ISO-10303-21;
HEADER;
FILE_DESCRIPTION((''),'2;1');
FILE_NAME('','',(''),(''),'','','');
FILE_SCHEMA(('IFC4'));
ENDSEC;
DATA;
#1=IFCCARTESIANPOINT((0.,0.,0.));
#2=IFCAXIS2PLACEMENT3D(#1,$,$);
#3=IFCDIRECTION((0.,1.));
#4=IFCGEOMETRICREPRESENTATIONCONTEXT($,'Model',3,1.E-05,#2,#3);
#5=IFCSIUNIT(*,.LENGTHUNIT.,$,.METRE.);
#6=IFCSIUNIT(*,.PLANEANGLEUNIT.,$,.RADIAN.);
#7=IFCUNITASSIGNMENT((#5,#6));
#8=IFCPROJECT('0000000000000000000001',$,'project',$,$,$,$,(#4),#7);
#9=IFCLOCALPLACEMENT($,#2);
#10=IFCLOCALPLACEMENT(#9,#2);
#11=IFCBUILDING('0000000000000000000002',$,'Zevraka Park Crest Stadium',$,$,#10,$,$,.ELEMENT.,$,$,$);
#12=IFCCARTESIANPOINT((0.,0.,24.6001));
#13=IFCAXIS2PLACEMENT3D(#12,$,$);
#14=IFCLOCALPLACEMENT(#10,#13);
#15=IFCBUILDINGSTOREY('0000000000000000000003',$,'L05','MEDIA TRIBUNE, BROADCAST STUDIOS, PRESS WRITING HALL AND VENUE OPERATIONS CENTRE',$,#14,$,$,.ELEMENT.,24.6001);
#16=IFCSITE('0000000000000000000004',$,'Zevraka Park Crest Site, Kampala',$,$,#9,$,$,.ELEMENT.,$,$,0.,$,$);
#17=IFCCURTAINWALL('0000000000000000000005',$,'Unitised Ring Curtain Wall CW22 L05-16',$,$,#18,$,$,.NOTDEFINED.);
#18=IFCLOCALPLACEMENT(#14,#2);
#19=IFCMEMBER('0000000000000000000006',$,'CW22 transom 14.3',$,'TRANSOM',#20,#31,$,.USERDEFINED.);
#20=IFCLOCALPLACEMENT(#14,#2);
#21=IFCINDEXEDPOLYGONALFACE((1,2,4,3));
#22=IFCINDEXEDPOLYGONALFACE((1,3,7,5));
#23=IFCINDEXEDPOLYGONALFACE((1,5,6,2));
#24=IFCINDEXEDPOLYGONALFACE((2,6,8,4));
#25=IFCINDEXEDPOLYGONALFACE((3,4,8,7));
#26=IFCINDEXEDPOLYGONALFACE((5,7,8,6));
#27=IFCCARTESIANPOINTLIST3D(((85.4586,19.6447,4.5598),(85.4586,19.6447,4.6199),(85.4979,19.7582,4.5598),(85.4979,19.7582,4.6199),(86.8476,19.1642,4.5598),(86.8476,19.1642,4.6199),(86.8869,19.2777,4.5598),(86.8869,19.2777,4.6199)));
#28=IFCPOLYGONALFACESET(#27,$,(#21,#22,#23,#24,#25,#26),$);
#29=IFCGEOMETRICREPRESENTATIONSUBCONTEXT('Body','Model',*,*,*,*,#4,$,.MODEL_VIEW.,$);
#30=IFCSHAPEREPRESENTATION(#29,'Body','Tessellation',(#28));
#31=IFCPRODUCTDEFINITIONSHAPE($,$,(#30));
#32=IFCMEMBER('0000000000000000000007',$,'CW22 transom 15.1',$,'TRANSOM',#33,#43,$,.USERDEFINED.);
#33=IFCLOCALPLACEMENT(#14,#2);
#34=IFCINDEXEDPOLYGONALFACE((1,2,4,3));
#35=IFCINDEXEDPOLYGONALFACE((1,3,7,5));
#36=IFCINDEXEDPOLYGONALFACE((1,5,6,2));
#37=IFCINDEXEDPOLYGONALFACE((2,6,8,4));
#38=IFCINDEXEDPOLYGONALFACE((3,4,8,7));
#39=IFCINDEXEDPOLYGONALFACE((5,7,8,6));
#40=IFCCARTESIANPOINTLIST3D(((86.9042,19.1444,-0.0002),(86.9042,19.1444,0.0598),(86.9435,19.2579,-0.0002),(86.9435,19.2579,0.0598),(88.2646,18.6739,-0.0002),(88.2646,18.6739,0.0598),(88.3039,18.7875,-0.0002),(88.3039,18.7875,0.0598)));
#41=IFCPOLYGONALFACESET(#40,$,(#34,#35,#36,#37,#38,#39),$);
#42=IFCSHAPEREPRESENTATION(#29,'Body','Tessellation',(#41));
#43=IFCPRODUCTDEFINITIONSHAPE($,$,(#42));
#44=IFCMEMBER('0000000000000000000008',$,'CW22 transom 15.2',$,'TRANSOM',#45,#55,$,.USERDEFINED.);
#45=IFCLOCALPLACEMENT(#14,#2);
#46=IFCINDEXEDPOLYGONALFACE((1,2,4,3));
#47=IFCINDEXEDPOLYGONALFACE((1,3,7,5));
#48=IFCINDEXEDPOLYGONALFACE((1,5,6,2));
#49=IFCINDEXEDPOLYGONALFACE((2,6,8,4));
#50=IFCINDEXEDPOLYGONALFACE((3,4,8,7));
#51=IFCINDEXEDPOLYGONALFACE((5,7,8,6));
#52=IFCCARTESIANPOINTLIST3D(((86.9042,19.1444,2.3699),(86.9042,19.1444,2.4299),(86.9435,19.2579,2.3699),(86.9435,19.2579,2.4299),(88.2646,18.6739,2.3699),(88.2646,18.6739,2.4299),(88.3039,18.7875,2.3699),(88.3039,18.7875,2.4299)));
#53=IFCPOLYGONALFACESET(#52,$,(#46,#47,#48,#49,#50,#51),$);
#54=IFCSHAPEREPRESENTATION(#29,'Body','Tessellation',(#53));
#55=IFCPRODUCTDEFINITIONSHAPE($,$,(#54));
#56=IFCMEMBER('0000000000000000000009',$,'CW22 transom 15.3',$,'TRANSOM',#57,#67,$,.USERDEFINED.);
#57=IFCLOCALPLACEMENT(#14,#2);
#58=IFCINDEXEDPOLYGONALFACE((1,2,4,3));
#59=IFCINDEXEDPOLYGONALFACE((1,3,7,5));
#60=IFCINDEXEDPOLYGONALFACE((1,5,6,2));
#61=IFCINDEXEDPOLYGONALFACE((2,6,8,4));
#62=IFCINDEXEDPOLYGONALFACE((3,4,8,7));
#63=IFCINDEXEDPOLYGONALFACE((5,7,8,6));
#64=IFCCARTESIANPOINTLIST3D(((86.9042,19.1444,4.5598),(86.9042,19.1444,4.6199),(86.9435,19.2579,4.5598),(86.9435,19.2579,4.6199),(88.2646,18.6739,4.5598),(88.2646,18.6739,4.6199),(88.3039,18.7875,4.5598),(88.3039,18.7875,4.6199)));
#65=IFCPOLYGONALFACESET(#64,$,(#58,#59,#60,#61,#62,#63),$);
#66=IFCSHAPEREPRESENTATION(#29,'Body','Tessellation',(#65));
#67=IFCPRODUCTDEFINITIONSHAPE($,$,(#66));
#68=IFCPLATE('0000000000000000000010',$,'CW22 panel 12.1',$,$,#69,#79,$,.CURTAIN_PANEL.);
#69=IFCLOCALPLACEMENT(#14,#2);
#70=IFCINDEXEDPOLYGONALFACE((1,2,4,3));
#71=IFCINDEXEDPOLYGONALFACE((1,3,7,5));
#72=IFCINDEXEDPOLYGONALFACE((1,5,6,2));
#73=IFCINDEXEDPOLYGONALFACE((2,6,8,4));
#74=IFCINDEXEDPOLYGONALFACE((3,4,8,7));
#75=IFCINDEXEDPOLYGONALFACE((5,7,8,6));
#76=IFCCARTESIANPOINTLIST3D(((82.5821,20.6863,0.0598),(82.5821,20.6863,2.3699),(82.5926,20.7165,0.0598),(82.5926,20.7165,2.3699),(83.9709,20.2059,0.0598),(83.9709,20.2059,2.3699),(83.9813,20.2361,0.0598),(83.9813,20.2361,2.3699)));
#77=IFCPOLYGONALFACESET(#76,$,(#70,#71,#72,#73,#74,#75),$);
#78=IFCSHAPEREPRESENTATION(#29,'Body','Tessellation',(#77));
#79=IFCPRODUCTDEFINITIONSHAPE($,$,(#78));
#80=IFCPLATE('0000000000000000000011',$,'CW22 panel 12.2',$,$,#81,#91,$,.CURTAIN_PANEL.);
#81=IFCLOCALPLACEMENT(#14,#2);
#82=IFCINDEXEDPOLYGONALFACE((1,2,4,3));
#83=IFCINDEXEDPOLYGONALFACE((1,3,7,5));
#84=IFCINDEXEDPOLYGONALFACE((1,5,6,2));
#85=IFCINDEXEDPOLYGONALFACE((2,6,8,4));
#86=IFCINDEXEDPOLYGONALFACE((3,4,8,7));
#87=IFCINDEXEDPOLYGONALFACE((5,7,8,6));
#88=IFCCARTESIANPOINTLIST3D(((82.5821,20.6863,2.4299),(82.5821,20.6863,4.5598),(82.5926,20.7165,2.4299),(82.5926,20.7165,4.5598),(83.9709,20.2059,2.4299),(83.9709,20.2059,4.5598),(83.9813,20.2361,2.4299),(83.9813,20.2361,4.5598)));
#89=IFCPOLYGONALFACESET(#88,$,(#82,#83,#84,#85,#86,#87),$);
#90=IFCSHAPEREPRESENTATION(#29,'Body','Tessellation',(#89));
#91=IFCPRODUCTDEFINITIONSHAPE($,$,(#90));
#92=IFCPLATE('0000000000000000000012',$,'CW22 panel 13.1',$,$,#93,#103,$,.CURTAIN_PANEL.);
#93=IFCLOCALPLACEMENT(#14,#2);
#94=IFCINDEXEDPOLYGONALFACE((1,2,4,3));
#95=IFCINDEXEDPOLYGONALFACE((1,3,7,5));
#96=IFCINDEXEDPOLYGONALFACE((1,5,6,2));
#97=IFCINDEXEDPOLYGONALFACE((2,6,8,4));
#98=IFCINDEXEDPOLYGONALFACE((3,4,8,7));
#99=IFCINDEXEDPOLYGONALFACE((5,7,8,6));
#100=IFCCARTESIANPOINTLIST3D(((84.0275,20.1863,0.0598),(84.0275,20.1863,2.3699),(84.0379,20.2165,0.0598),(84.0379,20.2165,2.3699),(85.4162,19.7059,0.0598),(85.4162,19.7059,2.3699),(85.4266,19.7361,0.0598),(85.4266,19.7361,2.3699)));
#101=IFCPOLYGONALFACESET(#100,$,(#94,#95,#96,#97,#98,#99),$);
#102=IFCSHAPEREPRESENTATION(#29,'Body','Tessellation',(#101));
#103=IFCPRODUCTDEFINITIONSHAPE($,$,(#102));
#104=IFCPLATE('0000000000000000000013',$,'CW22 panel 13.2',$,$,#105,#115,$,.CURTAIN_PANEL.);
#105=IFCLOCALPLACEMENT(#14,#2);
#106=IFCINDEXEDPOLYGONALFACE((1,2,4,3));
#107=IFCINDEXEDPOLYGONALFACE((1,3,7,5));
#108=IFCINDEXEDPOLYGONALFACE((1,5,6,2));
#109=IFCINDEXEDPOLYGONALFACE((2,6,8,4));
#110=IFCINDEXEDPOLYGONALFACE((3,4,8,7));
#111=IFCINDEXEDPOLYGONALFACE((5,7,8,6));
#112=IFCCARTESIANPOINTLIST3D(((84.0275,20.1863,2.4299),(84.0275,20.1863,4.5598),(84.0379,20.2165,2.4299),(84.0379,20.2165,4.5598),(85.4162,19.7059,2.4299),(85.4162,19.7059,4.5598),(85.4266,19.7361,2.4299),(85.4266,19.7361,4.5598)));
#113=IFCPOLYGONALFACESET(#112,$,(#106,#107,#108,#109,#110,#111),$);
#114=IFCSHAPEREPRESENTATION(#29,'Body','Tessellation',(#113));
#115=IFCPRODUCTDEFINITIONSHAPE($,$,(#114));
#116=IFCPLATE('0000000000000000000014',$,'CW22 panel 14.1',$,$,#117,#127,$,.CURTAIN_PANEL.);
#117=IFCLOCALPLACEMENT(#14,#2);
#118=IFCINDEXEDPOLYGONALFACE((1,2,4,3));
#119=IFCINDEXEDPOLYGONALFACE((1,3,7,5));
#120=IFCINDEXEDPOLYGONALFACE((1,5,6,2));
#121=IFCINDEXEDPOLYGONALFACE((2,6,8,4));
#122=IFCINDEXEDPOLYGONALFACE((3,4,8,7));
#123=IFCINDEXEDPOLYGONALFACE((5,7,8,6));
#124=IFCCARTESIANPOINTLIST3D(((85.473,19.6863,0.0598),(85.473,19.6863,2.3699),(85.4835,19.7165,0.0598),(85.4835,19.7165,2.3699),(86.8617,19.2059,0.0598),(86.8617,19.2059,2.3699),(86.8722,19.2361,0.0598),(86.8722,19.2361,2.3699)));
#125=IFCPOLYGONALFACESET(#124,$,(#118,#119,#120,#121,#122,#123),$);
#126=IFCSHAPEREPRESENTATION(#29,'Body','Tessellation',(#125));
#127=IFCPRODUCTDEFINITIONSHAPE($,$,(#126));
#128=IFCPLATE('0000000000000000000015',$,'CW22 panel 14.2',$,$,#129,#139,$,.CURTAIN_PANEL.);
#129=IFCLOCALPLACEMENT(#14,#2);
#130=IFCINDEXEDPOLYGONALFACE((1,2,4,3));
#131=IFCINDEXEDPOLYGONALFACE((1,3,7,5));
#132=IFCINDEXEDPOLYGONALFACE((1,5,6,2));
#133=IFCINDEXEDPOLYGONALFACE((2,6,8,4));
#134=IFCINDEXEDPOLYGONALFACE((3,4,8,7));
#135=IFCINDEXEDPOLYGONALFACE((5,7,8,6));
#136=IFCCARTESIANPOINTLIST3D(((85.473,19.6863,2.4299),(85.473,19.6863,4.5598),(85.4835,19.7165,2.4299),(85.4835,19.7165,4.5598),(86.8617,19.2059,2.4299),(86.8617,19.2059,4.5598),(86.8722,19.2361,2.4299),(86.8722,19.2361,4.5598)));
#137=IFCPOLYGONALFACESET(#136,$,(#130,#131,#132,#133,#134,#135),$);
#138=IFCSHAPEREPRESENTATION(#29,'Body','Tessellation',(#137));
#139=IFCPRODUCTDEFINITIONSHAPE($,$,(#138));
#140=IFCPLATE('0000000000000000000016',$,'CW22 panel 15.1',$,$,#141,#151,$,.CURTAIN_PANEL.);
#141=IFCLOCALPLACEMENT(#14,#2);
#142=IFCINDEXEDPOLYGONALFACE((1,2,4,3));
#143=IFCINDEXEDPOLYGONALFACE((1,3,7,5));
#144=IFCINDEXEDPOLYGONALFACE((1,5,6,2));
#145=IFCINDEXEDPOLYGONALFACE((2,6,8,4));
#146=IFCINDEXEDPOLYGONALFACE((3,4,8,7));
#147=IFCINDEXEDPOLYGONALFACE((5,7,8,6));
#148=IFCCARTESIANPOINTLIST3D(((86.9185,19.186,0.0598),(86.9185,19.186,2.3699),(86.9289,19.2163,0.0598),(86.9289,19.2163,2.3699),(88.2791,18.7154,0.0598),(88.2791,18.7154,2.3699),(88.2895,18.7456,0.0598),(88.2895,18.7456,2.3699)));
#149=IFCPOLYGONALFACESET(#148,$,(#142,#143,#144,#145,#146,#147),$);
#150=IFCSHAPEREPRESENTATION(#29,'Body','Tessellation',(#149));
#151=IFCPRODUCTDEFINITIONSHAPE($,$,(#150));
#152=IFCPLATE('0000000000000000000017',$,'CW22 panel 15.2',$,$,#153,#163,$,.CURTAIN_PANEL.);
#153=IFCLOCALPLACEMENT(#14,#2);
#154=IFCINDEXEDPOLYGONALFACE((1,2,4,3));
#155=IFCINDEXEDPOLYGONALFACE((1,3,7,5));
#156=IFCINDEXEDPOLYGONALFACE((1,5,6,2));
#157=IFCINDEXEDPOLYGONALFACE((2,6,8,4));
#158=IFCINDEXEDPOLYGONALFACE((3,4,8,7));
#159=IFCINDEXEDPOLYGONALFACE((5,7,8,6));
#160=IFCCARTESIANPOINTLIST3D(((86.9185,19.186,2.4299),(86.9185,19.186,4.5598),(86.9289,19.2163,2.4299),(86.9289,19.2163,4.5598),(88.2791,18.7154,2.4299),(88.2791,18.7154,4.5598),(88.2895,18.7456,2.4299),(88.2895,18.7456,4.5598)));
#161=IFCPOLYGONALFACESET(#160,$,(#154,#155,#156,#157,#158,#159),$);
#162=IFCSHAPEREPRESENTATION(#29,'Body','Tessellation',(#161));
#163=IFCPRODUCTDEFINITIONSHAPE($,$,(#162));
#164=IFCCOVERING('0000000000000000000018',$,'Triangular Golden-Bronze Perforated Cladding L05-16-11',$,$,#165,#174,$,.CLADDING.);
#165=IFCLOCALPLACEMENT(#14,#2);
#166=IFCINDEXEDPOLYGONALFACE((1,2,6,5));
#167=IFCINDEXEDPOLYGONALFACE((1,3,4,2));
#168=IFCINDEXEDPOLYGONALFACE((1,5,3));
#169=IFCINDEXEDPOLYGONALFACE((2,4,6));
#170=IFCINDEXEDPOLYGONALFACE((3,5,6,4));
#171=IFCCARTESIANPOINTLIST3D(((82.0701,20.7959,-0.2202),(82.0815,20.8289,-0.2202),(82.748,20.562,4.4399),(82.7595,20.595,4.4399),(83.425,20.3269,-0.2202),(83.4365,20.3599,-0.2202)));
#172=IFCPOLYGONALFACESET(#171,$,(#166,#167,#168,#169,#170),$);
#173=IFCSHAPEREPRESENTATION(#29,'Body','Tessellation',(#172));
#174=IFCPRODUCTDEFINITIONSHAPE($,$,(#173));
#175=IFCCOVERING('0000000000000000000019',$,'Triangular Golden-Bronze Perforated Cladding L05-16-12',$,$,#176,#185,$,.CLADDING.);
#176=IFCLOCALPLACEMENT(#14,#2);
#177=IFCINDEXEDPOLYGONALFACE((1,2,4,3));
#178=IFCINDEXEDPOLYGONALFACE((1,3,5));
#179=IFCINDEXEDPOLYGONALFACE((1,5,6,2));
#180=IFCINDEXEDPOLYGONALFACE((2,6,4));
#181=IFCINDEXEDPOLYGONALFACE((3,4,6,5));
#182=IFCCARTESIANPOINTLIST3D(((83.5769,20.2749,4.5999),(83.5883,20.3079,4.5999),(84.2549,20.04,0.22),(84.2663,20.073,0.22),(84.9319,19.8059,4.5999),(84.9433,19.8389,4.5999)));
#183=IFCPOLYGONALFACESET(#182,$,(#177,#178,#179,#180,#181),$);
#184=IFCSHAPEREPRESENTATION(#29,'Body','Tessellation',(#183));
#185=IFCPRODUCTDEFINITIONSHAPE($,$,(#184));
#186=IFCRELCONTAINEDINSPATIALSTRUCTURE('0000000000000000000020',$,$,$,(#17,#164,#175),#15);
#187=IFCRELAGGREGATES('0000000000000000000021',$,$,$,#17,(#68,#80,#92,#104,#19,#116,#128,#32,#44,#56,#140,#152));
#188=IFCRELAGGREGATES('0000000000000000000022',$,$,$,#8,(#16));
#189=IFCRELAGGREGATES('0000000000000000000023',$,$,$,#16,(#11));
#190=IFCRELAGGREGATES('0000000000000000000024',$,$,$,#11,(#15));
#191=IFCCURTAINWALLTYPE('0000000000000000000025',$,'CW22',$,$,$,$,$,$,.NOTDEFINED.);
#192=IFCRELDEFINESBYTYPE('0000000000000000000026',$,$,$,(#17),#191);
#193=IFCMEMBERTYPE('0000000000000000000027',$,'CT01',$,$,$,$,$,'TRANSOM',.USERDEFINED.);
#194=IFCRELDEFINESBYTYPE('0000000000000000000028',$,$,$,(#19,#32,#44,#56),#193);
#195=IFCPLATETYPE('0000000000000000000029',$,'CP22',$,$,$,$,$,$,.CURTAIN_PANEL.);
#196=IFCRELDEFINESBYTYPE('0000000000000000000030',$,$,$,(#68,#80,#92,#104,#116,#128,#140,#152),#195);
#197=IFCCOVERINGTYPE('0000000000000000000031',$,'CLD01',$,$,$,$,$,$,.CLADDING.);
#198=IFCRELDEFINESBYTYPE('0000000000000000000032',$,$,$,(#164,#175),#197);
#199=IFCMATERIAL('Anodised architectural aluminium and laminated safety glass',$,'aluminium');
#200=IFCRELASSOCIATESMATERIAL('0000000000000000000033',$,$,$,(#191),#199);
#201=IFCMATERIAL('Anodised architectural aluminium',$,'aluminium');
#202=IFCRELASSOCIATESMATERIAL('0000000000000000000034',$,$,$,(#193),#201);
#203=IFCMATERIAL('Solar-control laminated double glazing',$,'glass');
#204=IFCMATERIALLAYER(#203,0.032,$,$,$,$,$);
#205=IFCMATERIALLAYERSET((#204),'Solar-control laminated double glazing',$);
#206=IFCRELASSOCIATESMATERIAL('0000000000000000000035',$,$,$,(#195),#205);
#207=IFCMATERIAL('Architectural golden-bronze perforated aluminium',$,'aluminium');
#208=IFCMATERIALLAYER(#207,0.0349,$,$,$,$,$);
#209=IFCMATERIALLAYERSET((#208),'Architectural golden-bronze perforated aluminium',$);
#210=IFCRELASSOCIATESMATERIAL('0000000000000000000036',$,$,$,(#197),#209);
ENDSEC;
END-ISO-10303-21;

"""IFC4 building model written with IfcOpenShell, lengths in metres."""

from ifc_helpers import new_model, si_unit, direction, frame, origin, origin_2d, place, context, subcontext, project, spatial, polyline, rectangle, outline, extrude, material, layer, layer_set, material_profile, profile_set, type_object, element, aggregate, save


model = new_model("IFC4")

# Units and contexts
model_context = context("Model", 3, precision=1e-05, world=origin(), true_north=direction((0.0, 1.0)))
body_context = subcontext(model_context, "Body", "Model", "MODEL_VIEW")
ifc_project = project(units=[si_unit("LENGTHUNIT", "METRE"), si_unit("PLANEANGLEUNIT", "RADIAN")], contexts=[model_context])

# Site, building, storey
site_placement = place(None, origin())
site = spatial("IfcSite", under=ifc_project, at=site_placement, Name="Zevraka Park Crest Site, Kampala", CompositionType="ELEMENT", RefElevation=0.0)
building_placement = place(site_placement, origin())
building = spatial("IfcBuilding", under=site, at=building_placement, Name="Zevraka Park Crest Stadium", CompositionType="ELEMENT")
storey_placement = place(building_placement, frame((0.0, 0.0, 24.6001)))
storey = spatial("IfcBuildingStorey", under=building, at=storey_placement, Name="L05", Description="MEDIA TRIBUNE, BROADCAST STUDIOS, PRESS WRITING HALL AND VENUE OPERATIONS CENTRE", CompositionType="ELEMENT", Elevation=24.6001)

# Curtain wall, members, plates
ifc_material_1 = material(Name="Anodised architectural aluminium and laminated safety glass", Category="aluminium")
curtain_wall_type = type_object("IfcCurtainWallType", Name="CW22", PredefinedType="NOTDEFINED", material=ifc_material_1)
curtain_wall_placement = place(storey_placement, origin())
curtain_wall = element("IfcCurtainWall", 1, at=curtain_wall_placement, inside=storey, type_object=curtain_wall_type, Name="Unitised Ring Curtain Wall CW22 L05-16", PredefinedType="NOTDEFINED")
ifc_material_2 = material(Name="Anodised architectural aluminium", Category="aluminium")
ifc_material_profile_1 = material_profile(ifc_material_2, rectangle(XDim=0.1201, YDim=0.0601, at=origin_2d()), Name="ALU TRANSOM 120x60")
ifc_profile_set_1 = profile_set([ifc_material_profile_1], Name="Anodised architectural aluminium")
member_type_1 = type_object("IfcMemberType", Name="CT01", ElementType="TRANSOM", PredefinedType="USERDEFINED", material=ifc_profile_set_1)
member_1_placement = place(storey_placement, frame((85.4783, 19.7014, 4.5898), z_axis=(0.945051, -0.326922, 0.0), x_axis=(0.326922, 0.945051, 0.0)))
member_1 = element("IfcMember", 2, at=member_1_placement, type_object=member_type_1, Name="CW22 transom 14.3", ObjectType="TRANSOM", PredefinedType="USERDEFINED", context=body_context, shape_type="SweptSolid", body=[
    extrude(rectangle(XDim=0.1201, YDim=0.0601, at=origin_2d()), origin(), (0.0, 0.0, 1.0), 1.4697),
])
member_2_placement = place(storey_placement, frame((86.9238, 19.2012, 0.0298), z_axis=(0.945079, -0.326843, 0.0), x_axis=(0.326843, 0.945079, 0.0)))
member_2 = element("IfcMember", 3, at=member_2_placement, type_object=member_type_1, Name="CW22 transom 15.1", ObjectType="TRANSOM", PredefinedType="USERDEFINED", context=body_context, shape_type="SweptSolid", body=[
    extrude(rectangle(XDim=0.1201, YDim=0.0601, at=origin_2d()), origin(), (0.0, 0.0, 1.0), 1.4395),
])
member_3_placement = place(storey_placement, frame((86.9238, 19.2012, 2.3999), z_axis=(0.945079, -0.326843, 0.0), x_axis=(0.326843, 0.945079, 0.0)))
member_3 = element("IfcMember", 4, at=member_3_placement, type_object=member_type_1, Name="CW22 transom 15.2", ObjectType="TRANSOM", PredefinedType="USERDEFINED", context=body_context, shape_type="SweptSolid", body=[
    extrude(rectangle(XDim=0.1201, YDim=0.0601, at=origin_2d()), origin(), (0.0, 0.0, 1.0), 1.4395),
])
member_4_placement = place(storey_placement, frame((86.9238, 19.2012, 4.5898), z_axis=(0.945079, -0.326843, 0.0), x_axis=(0.326843, 0.945079, 0.0)))
member_4 = element("IfcMember", 5, at=member_4_placement, type_object=member_type_1, Name="CW22 transom 15.3", ObjectType="TRANSOM", PredefinedType="USERDEFINED", context=body_context, shape_type="SweptSolid", body=[
    extrude(rectangle(XDim=0.1201, YDim=0.0601, at=origin_2d()), origin(), (0.0, 0.0, 1.0), 1.4395),
])
ifc_material_3 = material(Name="Solar-control laminated double glazing", Category="glass")
ifc_layer_1 = layer(ifc_material_3, 0.032)
ifc_layer_set_1 = layer_set([ifc_layer_1], Name="Solar-control laminated double glazing")
plate_type = type_object("IfcPlateType", Name="CP22", PredefinedType="CURTAIN_PANEL", material=ifc_layer_set_1)
plate_1_placement = place(storey_placement, frame((83.2817, 20.4612, 0.0598), z_axis=(0.0, 0.0, 1.0), x_axis=(0.945049, -0.326929, 0.0)))
plate_1 = element("IfcPlate", 6, at=plate_1_placement, type_object=plate_type, Name="CW22 panel 12.1", PredefinedType="CURTAIN_PANEL", context=body_context, shape_type="SweptSolid", body=[
    extrude(rectangle(XDim=1.4695, YDim=0.032, at=origin_2d()), origin(), (0.0, 0.0, 1.0), 2.3101),
])
plate_2_placement = place(storey_placement, frame((83.2817, 20.4612, 2.4299), z_axis=(0.0, 0.0, 1.0), x_axis=(0.945049, -0.326929, 0.0)))
plate_2 = element("IfcPlate", 7, at=plate_2_placement, type_object=plate_type, Name="CW22 panel 12.2", PredefinedType="CURTAIN_PANEL", context=body_context, shape_type="SweptSolid", body=[
    extrude(rectangle(XDim=1.4695, YDim=0.032, at=origin_2d()), origin(), (0.0, 0.0, 1.0), 2.1299),
])
plate_3_placement = place(storey_placement, frame((84.7271, 19.9612, 0.0598), z_axis=(0.0, 0.0, 1.0), x_axis=(0.945049, -0.326929, 0.0)))
plate_3 = element("IfcPlate", 8, at=plate_3_placement, type_object=plate_type, Name="CW22 panel 13.1", PredefinedType="CURTAIN_PANEL", context=body_context, shape_type="SweptSolid", body=[
    extrude(rectangle(XDim=1.4695, YDim=0.032, at=origin_2d()), origin(), (0.0, 0.0, 1.0), 2.3101),
])
plate_4_placement = place(storey_placement, frame((84.7271, 19.9612, 2.4299), z_axis=(0.0, 0.0, 1.0), x_axis=(0.945049, -0.326929, 0.0)))
plate_4 = element("IfcPlate", 9, at=plate_4_placement, type_object=plate_type, Name="CW22 panel 13.2", PredefinedType="CURTAIN_PANEL", context=body_context, shape_type="SweptSolid", body=[
    extrude(rectangle(XDim=1.4695, YDim=0.032, at=origin_2d()), origin(), (0.0, 0.0, 1.0), 2.1299),
])
plate_5_placement = place(storey_placement, frame((86.1726, 19.4612, 0.0598), z_axis=(0.0, 0.0, 1.0), x_axis=(0.945049, -0.326929, 0.0)))
plate_5 = element("IfcPlate", 10, at=plate_5_placement, type_object=plate_type, Name="CW22 panel 14.1", PredefinedType="CURTAIN_PANEL", context=body_context, shape_type="SweptSolid", body=[
    extrude(rectangle(XDim=1.4695, YDim=0.032, at=origin_2d()), origin(), (0.0, 0.0, 1.0), 2.3101),
])
plate_6_placement = place(storey_placement, frame((86.1726, 19.4612, 2.4299), z_axis=(0.0, 0.0, 1.0), x_axis=(0.945049, -0.326929, 0.0)))
plate_6 = element("IfcPlate", 11, at=plate_6_placement, type_object=plate_type, Name="CW22 panel 14.2", PredefinedType="CURTAIN_PANEL", context=body_context, shape_type="SweptSolid", body=[
    extrude(rectangle(XDim=1.4695, YDim=0.032, at=origin_2d()), origin(), (0.0, 0.0, 1.0), 2.1299),
])
plate_7_placement = place(storey_placement, frame((87.604, 18.9658, 0.0598), z_axis=(0.0, 0.0, 1.0), x_axis=(0.945049, -0.326929, 0.0)))
plate_7 = element("IfcPlate", 12, at=plate_7_placement, type_object=plate_type, Name="CW22 panel 15.1", PredefinedType="CURTAIN_PANEL", context=body_context, shape_type="SweptSolid", body=[
    extrude(rectangle(XDim=1.4397, YDim=0.032, at=origin_2d()), origin(), (0.0, 0.0, 1.0), 2.3101),
])
plate_8_placement = place(storey_placement, frame((87.604, 18.9658, 2.4299), z_axis=(0.0, 0.0, 1.0), x_axis=(0.945049, -0.326929, 0.0)))
plate_8 = element("IfcPlate", 13, at=plate_8_placement, type_object=plate_type, Name="CW22 panel 15.2", PredefinedType="CURTAIN_PANEL", context=body_context, shape_type="SweptSolid", body=[
    extrude(rectangle(XDim=1.4397, YDim=0.032, at=origin_2d()), origin(), (0.0, 0.0, 1.0), 2.1299),
])
aggregate(curtain_wall, [plate_1, plate_2, plate_3, plate_4, member_1, plate_5, plate_6, member_2, member_3, member_4, plate_7, plate_8])

# Coverings
ifc_material_4 = material(Name="Architectural golden-bronze perforated aluminium", Category="aluminium")
ifc_layer_2 = layer(ifc_material_4, 0.0349)
ifc_layer_set_2 = layer_set([ifc_layer_2], Name="Architectural golden-bronze perforated aluminium")
covering_type = type_object("IfcCoveringType", Name="CLD01", PredefinedType="CLADDING", material=ifc_layer_set_2)
covering_1_placement = place(storey_placement, frame((82.0701, 20.7959, -0.2202), z_axis=(-0.327087, -0.944994, 0.000158), x_axis=(0.944994, -0.327087, 0.0)))
element("IfcCovering", 14, at=covering_1_placement, inside=storey, type_object=covering_type, Name="Triangular Golden-Bronze Perforated Cladding L05-16-11", PredefinedType="CLADDING", context=body_context, shape_type="SweptSolid", body=[
    extrude(outline(polyline([(0.0, 0.0), (1.4339, 0.0), (0.7172, 4.6602), (0.0, 0.0)])), origin(), (0.0, 0.0, -1.0), 0.0349),
])
covering_2_placement = place(storey_placement, frame((84.9319, 19.8059, 4.5999), z_axis=(-0.327087, -0.944994, 0.000043), x_axis=(-0.944994, 0.327087, 0.0)))
element("IfcCovering", 15, at=covering_2_placement, inside=storey, type_object=covering_type, Name="Triangular Golden-Bronze Perforated Cladding L05-16-12", PredefinedType="CLADDING", context=body_context, shape_type="SweptSolid", body=[
    extrude(outline(polyline([(0.0, 0.0), (1.4339, 0.0), (0.7163, 4.3799), (0.0, 0.0)])), origin(), (0.0, 0.0, -1.0), 0.0349),
])

save(model, "model.ifc")
